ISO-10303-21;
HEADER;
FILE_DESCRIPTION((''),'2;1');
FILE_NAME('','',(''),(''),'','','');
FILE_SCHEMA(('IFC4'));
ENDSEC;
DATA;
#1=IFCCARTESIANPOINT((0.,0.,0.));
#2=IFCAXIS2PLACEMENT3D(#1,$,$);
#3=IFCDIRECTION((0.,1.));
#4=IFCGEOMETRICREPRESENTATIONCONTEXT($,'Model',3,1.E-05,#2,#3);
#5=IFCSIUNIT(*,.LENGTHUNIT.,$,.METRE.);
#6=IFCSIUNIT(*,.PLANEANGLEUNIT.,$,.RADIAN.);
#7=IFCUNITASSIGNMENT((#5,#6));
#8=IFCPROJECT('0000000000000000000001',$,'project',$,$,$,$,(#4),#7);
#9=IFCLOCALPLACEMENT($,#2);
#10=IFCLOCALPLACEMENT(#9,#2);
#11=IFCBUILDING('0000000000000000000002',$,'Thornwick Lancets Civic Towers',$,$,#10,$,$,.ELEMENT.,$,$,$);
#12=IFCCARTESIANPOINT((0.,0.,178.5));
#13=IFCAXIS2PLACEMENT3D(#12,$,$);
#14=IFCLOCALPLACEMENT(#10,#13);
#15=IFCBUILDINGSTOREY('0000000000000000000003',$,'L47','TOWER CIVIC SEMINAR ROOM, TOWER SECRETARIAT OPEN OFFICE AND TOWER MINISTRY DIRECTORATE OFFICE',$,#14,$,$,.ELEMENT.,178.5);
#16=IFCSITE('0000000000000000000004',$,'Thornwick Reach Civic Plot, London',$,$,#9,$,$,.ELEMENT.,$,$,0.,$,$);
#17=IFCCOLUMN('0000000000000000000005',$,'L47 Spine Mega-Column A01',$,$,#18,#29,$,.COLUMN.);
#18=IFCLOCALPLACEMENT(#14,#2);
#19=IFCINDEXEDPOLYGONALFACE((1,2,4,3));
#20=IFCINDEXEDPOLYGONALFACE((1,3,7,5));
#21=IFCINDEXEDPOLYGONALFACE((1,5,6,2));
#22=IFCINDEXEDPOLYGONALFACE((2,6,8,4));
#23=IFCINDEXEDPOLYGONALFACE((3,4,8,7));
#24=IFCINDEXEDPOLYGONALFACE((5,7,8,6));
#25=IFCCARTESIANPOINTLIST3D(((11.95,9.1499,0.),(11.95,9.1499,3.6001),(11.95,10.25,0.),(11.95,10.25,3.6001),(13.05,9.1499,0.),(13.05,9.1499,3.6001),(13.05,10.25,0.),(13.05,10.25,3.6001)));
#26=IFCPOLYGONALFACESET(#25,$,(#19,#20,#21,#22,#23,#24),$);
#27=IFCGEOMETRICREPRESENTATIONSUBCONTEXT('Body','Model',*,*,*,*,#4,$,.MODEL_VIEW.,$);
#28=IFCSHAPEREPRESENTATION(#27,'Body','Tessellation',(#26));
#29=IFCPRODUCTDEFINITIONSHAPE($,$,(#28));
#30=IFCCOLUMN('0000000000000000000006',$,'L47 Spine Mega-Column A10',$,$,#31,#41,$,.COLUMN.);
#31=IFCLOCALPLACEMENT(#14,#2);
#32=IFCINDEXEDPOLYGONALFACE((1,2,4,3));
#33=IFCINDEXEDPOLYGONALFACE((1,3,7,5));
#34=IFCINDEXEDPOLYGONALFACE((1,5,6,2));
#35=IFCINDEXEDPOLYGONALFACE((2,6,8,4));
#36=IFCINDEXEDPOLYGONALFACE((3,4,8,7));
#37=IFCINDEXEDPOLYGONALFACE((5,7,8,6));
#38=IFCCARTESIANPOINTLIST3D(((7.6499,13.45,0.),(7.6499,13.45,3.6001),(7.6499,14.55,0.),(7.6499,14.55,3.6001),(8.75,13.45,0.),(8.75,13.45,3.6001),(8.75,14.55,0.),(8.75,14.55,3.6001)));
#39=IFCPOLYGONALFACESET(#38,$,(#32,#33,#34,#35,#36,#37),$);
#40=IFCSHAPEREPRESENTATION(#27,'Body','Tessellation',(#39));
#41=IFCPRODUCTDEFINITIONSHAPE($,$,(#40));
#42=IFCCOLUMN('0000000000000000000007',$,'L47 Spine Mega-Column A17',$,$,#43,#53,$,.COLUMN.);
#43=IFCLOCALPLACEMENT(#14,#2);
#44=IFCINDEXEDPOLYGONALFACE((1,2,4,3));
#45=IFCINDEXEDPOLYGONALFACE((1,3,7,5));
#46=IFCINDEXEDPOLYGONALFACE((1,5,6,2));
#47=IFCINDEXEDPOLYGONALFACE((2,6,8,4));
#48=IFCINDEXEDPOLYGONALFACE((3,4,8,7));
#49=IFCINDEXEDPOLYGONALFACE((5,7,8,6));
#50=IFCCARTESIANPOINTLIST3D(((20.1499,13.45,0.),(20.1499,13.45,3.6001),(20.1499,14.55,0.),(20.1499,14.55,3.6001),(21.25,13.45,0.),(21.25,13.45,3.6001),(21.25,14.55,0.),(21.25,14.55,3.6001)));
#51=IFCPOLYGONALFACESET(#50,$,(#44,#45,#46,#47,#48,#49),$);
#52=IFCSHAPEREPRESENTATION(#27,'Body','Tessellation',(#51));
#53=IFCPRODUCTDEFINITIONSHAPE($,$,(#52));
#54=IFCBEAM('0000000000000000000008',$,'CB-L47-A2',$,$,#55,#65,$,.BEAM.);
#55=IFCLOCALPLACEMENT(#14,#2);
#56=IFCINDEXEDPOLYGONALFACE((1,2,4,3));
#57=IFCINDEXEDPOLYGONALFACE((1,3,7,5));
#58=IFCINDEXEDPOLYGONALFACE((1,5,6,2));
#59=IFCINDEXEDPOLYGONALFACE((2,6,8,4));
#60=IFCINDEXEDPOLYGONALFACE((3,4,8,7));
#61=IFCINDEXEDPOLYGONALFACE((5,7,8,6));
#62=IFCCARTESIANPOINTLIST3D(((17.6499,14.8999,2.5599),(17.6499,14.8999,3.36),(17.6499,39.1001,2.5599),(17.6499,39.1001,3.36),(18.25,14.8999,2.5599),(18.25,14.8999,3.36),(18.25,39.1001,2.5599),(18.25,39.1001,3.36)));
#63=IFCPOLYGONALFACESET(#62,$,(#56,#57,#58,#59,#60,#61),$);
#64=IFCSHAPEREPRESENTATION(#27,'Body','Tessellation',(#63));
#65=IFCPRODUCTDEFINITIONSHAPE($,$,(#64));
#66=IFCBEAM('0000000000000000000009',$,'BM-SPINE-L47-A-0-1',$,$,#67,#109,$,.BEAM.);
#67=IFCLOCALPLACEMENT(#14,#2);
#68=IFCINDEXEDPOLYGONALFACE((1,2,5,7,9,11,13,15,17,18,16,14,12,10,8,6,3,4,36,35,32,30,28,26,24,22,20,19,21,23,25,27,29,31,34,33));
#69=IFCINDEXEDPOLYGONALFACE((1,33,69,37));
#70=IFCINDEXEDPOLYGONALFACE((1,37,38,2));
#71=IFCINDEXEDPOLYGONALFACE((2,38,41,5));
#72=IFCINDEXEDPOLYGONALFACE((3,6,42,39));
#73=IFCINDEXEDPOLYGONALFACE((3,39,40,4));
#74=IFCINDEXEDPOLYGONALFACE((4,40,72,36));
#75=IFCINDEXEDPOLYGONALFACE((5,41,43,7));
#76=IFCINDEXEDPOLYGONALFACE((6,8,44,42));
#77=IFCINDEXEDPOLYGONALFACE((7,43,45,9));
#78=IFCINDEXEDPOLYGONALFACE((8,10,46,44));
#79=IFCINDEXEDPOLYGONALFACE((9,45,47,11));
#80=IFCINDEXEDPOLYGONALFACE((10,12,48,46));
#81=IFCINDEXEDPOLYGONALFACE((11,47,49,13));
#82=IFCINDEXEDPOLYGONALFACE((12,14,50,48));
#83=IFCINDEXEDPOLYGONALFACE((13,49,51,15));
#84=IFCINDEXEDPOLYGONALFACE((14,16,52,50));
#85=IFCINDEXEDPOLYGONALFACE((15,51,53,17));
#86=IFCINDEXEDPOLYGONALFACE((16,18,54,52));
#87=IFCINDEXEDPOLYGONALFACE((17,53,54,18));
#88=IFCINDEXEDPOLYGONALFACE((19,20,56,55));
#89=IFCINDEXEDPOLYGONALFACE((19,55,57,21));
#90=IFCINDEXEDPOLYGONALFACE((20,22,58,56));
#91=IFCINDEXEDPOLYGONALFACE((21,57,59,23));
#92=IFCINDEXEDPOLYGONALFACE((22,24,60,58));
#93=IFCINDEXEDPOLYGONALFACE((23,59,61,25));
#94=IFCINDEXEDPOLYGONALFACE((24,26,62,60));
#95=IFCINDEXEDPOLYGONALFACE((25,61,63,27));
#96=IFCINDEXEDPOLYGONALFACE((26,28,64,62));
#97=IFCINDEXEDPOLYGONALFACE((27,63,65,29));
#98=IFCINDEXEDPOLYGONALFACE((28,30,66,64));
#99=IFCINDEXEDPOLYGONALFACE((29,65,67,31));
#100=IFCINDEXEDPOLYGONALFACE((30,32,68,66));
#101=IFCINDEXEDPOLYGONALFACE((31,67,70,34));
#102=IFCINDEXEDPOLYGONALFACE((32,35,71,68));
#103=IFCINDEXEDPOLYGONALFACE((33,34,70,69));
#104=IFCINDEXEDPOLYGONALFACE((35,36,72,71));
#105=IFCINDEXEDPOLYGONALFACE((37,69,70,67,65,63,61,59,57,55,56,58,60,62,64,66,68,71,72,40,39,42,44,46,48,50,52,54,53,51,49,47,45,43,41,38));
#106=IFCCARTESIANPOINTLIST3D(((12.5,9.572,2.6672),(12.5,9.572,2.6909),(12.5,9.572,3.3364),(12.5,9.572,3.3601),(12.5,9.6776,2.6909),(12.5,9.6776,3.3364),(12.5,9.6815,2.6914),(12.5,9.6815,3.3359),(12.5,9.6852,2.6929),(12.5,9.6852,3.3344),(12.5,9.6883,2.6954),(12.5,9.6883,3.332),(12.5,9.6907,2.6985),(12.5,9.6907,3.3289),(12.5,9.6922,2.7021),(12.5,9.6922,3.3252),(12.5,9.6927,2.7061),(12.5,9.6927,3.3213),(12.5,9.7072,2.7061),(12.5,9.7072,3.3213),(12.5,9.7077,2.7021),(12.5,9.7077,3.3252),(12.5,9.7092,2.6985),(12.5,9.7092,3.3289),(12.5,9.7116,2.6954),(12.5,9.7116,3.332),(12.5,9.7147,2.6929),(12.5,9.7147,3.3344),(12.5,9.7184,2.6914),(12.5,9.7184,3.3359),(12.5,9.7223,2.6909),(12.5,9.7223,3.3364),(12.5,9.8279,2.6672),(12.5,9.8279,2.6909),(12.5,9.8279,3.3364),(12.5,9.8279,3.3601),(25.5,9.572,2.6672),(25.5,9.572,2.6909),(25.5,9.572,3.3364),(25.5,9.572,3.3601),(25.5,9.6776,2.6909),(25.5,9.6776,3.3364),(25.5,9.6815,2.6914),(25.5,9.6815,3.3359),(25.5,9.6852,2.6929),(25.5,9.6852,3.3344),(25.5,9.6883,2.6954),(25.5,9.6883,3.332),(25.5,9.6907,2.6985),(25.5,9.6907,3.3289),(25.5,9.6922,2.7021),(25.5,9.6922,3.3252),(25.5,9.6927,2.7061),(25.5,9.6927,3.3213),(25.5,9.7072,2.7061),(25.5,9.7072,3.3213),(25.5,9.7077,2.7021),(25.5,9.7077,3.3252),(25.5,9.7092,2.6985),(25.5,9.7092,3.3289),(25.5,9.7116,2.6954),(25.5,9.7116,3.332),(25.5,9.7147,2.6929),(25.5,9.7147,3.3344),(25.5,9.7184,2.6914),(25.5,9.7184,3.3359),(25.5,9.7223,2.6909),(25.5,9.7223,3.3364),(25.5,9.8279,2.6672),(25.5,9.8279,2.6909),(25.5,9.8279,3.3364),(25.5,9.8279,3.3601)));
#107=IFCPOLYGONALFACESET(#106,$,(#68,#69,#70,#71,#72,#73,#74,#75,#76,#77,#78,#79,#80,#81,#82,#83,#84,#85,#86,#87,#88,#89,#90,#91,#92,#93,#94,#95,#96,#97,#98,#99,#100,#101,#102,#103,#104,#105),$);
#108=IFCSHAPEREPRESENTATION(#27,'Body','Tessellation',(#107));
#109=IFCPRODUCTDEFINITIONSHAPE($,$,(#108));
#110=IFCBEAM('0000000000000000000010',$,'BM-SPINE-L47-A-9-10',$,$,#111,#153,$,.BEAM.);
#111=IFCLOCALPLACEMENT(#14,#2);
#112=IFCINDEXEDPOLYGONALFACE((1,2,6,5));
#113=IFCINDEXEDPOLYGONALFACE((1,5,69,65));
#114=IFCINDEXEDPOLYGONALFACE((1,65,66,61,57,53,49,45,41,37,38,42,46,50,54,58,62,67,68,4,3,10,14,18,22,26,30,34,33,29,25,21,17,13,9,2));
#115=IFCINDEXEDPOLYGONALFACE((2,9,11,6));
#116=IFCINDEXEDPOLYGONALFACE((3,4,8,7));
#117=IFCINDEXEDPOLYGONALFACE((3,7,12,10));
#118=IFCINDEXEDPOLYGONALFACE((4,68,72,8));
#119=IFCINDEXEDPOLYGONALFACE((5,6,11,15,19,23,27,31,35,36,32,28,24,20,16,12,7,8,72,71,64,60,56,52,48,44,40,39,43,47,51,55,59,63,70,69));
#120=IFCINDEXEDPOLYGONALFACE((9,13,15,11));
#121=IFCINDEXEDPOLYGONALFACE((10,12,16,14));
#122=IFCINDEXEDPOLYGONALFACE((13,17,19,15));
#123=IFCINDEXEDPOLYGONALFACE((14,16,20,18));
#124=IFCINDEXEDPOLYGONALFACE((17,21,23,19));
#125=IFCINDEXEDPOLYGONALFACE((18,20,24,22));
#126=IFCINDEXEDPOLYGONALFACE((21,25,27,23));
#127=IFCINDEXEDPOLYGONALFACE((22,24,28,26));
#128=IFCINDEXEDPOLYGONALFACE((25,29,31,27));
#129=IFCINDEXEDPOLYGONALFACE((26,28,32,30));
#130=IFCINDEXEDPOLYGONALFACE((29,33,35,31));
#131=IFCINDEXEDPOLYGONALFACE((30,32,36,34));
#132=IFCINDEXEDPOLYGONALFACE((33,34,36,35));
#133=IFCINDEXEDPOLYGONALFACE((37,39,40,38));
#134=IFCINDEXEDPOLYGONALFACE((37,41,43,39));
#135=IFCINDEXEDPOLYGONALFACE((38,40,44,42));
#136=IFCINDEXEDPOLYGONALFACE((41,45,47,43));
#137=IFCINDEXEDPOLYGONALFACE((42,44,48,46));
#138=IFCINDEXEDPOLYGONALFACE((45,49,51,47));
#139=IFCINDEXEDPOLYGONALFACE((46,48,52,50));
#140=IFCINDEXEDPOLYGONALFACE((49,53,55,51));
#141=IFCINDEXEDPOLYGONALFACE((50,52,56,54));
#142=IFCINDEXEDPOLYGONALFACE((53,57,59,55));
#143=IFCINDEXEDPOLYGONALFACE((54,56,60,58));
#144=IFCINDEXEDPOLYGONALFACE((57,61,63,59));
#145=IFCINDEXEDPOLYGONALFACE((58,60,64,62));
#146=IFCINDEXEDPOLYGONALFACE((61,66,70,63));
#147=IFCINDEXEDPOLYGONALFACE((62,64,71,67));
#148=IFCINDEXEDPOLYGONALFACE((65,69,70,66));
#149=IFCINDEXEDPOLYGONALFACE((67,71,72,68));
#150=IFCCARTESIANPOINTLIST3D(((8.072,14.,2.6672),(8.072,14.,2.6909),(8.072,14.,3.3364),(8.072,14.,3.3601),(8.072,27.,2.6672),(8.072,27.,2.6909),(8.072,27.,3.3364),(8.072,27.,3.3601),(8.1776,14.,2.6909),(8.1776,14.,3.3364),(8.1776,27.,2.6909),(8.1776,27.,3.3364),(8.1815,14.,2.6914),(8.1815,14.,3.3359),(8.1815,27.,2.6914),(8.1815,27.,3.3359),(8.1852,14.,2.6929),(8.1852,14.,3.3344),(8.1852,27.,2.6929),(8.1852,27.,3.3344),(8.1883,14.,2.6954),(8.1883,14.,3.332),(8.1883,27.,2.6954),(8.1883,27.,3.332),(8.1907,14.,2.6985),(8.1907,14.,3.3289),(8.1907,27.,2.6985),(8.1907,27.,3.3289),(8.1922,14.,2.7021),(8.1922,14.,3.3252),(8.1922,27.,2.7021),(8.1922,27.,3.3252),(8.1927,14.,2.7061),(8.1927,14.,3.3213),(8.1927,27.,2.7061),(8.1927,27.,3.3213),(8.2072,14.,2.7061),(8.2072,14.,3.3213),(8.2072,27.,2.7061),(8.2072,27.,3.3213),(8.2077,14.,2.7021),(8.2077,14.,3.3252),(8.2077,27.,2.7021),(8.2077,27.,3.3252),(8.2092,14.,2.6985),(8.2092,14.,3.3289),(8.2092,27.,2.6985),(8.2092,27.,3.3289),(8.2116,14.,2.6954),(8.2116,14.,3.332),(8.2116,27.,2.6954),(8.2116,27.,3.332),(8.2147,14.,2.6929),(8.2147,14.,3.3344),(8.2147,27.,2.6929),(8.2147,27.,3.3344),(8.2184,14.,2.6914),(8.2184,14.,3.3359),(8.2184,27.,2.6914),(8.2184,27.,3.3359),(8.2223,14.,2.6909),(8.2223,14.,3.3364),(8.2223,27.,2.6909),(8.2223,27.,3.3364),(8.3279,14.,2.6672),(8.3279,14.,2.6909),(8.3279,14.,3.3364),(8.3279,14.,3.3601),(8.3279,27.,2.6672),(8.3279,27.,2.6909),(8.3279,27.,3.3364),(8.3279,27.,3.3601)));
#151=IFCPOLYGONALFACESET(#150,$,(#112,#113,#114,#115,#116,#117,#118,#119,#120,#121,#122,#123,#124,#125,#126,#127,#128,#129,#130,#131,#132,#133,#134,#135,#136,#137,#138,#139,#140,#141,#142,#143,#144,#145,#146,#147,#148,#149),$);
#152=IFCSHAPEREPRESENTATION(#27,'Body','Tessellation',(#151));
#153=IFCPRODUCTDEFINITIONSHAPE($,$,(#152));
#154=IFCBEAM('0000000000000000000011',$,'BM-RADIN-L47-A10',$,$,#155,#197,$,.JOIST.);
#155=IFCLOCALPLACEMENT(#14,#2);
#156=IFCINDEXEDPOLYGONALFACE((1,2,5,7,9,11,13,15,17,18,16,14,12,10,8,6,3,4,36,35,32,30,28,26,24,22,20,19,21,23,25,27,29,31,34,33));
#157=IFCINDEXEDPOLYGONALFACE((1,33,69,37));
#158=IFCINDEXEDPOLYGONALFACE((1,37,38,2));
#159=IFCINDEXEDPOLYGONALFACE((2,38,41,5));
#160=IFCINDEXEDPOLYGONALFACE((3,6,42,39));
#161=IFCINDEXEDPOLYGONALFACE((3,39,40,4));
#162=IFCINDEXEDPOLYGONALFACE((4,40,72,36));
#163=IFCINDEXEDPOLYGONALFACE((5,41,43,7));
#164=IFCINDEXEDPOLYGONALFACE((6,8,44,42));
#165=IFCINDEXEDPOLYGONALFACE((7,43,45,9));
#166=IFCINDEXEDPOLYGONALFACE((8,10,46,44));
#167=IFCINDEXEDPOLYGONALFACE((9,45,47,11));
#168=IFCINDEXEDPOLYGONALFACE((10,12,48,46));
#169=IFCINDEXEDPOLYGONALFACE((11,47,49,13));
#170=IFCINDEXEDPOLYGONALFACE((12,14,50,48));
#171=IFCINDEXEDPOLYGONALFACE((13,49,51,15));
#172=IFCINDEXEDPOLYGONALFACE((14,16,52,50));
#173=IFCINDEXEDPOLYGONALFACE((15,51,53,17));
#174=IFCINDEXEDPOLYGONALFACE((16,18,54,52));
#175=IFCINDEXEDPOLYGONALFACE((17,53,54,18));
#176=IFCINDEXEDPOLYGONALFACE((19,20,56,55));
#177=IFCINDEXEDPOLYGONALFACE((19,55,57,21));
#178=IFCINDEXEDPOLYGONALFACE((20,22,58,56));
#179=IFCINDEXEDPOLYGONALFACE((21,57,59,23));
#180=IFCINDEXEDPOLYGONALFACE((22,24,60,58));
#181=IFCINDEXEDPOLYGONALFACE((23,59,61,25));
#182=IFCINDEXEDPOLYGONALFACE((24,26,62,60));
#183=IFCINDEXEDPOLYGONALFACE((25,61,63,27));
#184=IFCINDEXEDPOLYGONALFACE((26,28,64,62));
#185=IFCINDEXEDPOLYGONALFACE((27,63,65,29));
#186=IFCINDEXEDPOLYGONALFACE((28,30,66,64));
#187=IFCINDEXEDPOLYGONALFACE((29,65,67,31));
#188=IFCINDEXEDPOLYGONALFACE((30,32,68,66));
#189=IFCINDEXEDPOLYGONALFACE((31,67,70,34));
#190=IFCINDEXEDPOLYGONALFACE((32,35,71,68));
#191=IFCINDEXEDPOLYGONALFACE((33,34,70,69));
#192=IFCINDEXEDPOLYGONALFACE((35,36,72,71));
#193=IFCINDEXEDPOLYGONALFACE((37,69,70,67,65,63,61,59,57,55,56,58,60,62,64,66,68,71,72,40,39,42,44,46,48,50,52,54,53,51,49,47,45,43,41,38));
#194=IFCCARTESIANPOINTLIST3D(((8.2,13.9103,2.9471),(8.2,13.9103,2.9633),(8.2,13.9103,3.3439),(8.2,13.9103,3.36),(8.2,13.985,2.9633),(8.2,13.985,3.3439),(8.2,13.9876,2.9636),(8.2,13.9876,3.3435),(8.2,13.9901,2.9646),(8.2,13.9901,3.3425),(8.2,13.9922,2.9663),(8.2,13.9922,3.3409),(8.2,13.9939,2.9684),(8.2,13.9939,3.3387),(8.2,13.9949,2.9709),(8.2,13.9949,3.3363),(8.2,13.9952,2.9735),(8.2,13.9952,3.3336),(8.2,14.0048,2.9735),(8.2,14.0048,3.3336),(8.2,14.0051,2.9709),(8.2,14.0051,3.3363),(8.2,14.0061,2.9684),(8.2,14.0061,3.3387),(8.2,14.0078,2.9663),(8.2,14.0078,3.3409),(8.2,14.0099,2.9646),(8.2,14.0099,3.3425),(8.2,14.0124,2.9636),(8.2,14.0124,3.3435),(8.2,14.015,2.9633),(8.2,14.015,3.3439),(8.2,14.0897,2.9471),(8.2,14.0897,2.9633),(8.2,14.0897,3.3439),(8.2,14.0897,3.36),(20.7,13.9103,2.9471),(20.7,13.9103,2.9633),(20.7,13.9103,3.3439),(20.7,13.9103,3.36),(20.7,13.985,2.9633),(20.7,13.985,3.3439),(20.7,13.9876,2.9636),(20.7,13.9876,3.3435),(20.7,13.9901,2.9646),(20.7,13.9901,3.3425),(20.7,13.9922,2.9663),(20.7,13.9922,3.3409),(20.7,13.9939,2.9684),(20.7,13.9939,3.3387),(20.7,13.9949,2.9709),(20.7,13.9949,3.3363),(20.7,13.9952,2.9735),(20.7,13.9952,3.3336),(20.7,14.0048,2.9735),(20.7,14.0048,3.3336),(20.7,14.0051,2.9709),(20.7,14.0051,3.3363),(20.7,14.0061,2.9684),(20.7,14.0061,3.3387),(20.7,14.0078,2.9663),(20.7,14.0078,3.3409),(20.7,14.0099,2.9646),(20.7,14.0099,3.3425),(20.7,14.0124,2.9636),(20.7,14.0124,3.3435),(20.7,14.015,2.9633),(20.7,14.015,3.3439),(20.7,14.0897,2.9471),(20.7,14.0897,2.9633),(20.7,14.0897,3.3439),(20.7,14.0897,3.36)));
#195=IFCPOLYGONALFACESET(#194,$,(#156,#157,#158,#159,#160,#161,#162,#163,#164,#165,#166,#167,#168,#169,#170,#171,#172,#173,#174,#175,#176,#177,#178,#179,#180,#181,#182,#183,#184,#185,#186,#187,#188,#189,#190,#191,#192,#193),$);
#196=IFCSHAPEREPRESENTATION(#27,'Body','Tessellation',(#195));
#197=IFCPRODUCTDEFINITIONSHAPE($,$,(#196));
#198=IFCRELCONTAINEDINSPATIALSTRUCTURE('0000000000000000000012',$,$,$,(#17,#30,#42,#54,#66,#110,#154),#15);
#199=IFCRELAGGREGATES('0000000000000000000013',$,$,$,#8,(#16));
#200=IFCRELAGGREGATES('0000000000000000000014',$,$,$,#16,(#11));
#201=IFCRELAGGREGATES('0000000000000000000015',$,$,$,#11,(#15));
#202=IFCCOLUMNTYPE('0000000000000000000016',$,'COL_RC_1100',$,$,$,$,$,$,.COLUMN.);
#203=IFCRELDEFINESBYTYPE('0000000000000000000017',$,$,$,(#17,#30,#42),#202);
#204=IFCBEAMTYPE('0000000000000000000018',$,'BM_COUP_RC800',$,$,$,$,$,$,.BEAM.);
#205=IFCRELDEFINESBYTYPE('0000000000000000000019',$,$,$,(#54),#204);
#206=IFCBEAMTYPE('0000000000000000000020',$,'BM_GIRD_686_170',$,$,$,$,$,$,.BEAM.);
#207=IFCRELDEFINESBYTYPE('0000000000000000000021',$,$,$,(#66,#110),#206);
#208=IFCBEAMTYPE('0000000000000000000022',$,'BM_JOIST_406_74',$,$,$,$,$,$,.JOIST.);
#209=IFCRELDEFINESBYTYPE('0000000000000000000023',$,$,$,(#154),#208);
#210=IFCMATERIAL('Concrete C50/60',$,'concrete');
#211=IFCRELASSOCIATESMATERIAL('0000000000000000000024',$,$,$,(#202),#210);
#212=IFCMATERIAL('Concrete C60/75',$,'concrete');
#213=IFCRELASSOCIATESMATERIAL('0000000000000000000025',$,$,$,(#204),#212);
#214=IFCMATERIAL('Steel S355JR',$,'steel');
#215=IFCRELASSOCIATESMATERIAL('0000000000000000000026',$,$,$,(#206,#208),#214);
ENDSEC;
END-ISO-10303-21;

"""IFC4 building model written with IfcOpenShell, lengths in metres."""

from ifc_helpers import new_model, si_unit, direction, frame, origin, origin_2d, place, context, subcontext, project, spatial, rectangle, i_section, extrude, material, material_profile, profile_set, type_object, element, save


model = new_model("IFC4")

# Units and contexts
model_context = context("Model", 3, precision=1e-05, world=origin(), true_north=direction((0.0, 1.0)))
body_context = subcontext(model_context, "Body", "Model", "MODEL_VIEW")
ifc_project = project(units=[si_unit("LENGTHUNIT", "METRE"), si_unit("PLANEANGLEUNIT", "RADIAN")], contexts=[model_context])

# Site, building, storey
site_placement = place(None, origin())
site = spatial("IfcSite", under=ifc_project, at=site_placement, Name="Thornwick Reach Civic Plot, London", CompositionType="ELEMENT", RefElevation=0.0)
building_placement = place(site_placement, origin())
building = spatial("IfcBuilding", under=site, at=building_placement, Name="Thornwick Lancets Civic Towers", CompositionType="ELEMENT")
storey_placement = place(building_placement, frame((0.0, 0.0, 178.5)))
storey = spatial("IfcBuildingStorey", under=building, at=storey_placement, Name="L47", Description="TOWER CIVIC SEMINAR ROOM, TOWER SECRETARIAT OPEN OFFICE AND TOWER MINISTRY DIRECTORATE OFFICE", CompositionType="ELEMENT", Elevation=178.5)

# Columns
ifc_material_1 = material(Name="Concrete C50/60", Category="concrete")
ifc_material_profile_1 = material_profile(ifc_material_1, rectangle(XDim=1.1001, YDim=1.1001, at=origin_2d()), Name="RC 1100x1100")
ifc_profile_set_1 = profile_set([ifc_material_profile_1], Name="Concrete C50/60")
column_type = type_object("IfcColumnType", Name="COL_RC_1100", PredefinedType="COLUMN", material=ifc_profile_set_1)
for number, where, z_axis, x_axis, name in (
    (1, (12.5, 9.7, 0.0), (0.0, 0.0, 1.0), (1.0, 0.0, 0.0), "L47 Spine Mega-Column A01"),
    (2, (8.2, 14.0, 0.0), (0.0, 0.0, 1.0), (1.0, 0.0, 0.0), "L47 Spine Mega-Column A10"),
    (3, (20.7, 14.0, 0.0), (0.0, 0.0, 1.0), (1.0, 0.0, 0.0), "L47 Spine Mega-Column A17"),
):
    element("IfcColumn", number, at=place(storey_placement, frame(where, z_axis=z_axis, x_axis=x_axis)), inside=storey, type_object=column_type, Name=name, PredefinedType="COLUMN", context=body_context, shape_type="SweptSolid", body=[
        extrude(rectangle(XDim=1.1001, YDim=1.1001, at=origin_2d()), origin(), (0.0, 0.0, 1.0), 3.6001),
    ])

# Beams
ifc_material_2 = material(Name="Concrete C60/75", Category="concrete")
ifc_material_profile_2 = material_profile(ifc_material_2, rectangle(XDim=0.6001, YDim=0.8, at=origin_2d()), Name="RC 600x800")
ifc_profile_set_2 = profile_set([ifc_material_profile_2], Name="Concrete C60/75")
beam_type_1 = type_object("IfcBeamType", Name="BM_COUP_RC800", PredefinedType="BEAM", material=ifc_profile_set_2)
beam_1_placement = place(storey_placement, frame((17.95, 14.8999, 2.96), z_axis=(0.0, 1.0, 0.0), x_axis=(-1.0, 0.0, 0.0)))
element("IfcBeam", 4, at=beam_1_placement, inside=storey, type_object=beam_type_1, Name="CB-L47-A2", PredefinedType="BEAM", context=body_context, shape_type="SweptSolid", body=[
    extrude(rectangle(XDim=0.6001, YDim=0.8, at=origin_2d()), origin(), (0.0, 0.0, 1.0), 24.2002),
])
ifc_material_3 = material(Name="Steel S355JR", Category="steel")
ifc_material_profile_3 = material_profile(ifc_material_3, i_section(OverallWidth=0.2559, OverallDepth=0.6929, WebThickness=0.0144, FlangeThickness=0.0237, FilletRadius=0.0151, at=origin_2d()), Name="UKB 686x254x170")
ifc_profile_set_3 = profile_set([ifc_material_profile_3], Name="Steel S355JR")
beam_type_2 = type_object("IfcBeamType", Name="BM_GIRD_686_170", PredefinedType="BEAM", material=ifc_profile_set_3)
for number, where, z_axis, x_axis, name in (
    (5, (12.5, 9.7, 3.0137), (1.0, 0.0, 0.0), (0.0, 1.0, 0.0), "BM-SPINE-L47-A-0-1"),
    (6, (8.2, 14.0, 3.0137), (0.0, 1.0, 0.0), (-1.0, 0.0, 0.0), "BM-SPINE-L47-A-9-10"),
):
    element("IfcBeam", number, at=place(storey_placement, frame(where, z_axis=z_axis, x_axis=x_axis)), inside=storey, type_object=beam_type_2, Name=name, PredefinedType="BEAM", context=body_context, shape_type="SweptSolid", body=[
        extrude(i_section(OverallWidth=0.2559, OverallDepth=0.6929, WebThickness=0.0144, FlangeThickness=0.0237, FilletRadius=0.0151, at=origin_2d()), origin(), (0.0, 0.0, 1.0), 13.0),
    ])
ifc_material_profile_4 = material_profile(ifc_material_3, i_section(OverallWidth=0.1794, OverallDepth=0.4128, WebThickness=0.0095, FlangeThickness=0.0161, FilletRadius=0.0103, at=origin_2d()), Name="UKB 406x178x74")
ifc_profile_set_4 = profile_set([ifc_material_profile_4], Name="Steel S355JR")
beam_type_3 = type_object("IfcBeamType", Name="BM_JOIST_406_74", PredefinedType="JOIST", material=ifc_profile_set_4)
beam_2_placement = place(storey_placement, frame((20.7, 14.0, 3.1536), z_axis=(-1.0, 0.0, 0.0), x_axis=(0.0, -1.0, 0.0)))
element("IfcBeam", 7, at=beam_2_placement, inside=storey, type_object=beam_type_3, Name="BM-RADIN-L47-A10", PredefinedType="JOIST", context=body_context, shape_type="SweptSolid", body=[
    extrude(i_section(OverallWidth=0.1794, OverallDepth=0.4128, WebThickness=0.0095, FlangeThickness=0.0161, FilletRadius=0.0103, at=origin_2d()), origin(), (0.0, 0.0, 1.0), 12.5),
])

save(model, "model.ifc")
